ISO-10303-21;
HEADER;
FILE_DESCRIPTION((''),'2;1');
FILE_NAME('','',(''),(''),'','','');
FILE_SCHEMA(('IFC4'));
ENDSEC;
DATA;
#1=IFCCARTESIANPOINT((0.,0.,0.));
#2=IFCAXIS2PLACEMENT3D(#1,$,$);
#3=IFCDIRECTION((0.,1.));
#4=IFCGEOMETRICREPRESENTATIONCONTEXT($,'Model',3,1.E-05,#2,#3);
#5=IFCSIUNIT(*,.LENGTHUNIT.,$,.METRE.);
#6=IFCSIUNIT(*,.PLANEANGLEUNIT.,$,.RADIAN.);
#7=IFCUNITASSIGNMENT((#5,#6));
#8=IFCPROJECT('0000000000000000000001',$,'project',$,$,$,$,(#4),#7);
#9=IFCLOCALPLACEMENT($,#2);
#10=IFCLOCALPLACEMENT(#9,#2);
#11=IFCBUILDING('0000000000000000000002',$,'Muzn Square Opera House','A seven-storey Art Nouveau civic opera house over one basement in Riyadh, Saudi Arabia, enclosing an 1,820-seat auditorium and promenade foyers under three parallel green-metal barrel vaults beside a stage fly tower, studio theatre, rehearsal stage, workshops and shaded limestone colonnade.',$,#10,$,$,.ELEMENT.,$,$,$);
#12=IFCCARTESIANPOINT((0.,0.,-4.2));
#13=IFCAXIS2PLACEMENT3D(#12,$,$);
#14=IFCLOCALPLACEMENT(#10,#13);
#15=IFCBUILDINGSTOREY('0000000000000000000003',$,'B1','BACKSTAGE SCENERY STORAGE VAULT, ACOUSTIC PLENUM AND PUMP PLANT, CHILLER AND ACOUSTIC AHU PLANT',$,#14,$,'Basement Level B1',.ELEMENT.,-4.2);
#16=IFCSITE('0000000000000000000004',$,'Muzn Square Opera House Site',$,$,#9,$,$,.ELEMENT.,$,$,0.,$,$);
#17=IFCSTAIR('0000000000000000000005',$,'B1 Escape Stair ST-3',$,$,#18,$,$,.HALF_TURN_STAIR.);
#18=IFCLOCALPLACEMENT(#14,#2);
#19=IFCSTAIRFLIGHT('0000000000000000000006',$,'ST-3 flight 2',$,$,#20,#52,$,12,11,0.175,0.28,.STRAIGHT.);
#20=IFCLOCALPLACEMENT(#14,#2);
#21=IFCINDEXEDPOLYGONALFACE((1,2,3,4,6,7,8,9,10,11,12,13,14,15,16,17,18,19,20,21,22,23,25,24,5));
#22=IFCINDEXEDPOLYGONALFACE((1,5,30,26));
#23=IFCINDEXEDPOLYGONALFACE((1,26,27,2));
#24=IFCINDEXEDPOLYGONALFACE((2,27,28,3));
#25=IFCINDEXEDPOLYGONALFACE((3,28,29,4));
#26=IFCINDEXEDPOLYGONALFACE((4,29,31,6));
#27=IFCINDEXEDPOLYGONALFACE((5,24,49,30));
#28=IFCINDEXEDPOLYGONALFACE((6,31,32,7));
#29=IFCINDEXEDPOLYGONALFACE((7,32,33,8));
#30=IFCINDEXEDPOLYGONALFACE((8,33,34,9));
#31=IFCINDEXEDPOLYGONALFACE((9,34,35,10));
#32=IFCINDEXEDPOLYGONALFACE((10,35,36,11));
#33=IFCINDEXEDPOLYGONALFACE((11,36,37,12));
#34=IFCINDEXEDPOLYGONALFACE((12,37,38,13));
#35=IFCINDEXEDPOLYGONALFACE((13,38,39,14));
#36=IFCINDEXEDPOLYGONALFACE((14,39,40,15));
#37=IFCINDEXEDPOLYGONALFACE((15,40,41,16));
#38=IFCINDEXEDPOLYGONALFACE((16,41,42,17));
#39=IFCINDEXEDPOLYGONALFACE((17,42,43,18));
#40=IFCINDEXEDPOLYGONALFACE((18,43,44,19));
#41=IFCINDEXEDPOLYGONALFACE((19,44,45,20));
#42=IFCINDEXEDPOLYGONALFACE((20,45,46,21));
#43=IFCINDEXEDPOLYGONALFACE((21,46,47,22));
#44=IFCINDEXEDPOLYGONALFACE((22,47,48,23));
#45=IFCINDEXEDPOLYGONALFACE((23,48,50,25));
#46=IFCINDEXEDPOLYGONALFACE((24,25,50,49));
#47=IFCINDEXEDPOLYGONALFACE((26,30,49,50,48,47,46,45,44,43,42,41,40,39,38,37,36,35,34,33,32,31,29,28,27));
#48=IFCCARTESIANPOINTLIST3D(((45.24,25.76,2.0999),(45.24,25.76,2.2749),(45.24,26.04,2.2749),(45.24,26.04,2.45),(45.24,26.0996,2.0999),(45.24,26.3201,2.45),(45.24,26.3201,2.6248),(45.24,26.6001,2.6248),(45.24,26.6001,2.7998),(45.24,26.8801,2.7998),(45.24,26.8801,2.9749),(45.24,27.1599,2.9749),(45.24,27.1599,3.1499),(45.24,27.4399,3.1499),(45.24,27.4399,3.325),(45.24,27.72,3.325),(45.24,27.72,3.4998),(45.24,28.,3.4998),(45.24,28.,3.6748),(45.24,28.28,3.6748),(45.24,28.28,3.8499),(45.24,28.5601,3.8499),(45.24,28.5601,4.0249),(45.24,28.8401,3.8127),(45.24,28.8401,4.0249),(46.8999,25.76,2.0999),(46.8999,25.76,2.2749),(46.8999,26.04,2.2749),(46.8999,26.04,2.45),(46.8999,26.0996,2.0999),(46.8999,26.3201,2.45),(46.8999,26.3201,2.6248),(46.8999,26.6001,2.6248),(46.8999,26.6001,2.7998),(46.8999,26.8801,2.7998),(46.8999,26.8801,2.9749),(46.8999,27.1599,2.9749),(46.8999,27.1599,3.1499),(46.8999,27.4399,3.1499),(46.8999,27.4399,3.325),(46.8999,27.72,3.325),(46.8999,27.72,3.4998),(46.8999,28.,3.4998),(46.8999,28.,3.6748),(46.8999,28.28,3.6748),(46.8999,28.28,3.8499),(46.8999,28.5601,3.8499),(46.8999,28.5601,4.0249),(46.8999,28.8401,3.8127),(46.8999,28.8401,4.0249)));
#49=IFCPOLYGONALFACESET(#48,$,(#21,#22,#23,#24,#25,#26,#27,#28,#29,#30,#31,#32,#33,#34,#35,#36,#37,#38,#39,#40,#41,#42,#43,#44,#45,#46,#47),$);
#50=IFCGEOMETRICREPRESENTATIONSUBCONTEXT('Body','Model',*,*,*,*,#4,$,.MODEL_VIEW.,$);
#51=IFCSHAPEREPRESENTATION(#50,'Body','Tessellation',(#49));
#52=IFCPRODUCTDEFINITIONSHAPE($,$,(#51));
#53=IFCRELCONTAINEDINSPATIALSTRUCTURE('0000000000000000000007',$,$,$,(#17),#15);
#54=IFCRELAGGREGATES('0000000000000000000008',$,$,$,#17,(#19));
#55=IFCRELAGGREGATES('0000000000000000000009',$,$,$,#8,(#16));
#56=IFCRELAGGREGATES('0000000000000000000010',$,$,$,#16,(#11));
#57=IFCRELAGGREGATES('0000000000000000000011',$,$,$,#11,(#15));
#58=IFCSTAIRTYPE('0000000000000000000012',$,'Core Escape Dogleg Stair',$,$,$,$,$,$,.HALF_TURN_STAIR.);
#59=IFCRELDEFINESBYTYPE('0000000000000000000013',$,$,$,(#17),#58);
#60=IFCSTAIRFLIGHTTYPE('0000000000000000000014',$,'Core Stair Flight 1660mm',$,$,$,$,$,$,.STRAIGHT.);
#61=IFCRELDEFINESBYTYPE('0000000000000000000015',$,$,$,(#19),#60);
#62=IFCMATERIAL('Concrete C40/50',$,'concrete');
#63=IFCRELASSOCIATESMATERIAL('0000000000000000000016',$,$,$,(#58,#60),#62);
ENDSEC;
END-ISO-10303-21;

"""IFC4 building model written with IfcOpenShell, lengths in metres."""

from ifc_helpers import new_model, si_unit, direction, frame, origin, place, context, subcontext, project, spatial, polyline, outline, extrude, material, type_object, element, aggregate, save


model = new_model("IFC4")

# Units and contexts
model_context = context("Model", 3, precision=1e-05, world=origin(), true_north=direction((0.0, 1.0)))
body_context = subcontext(model_context, "Body", "Model", "MODEL_VIEW")
ifc_project = project(units=[si_unit("LENGTHUNIT", "METRE"), si_unit("PLANEANGLEUNIT", "RADIAN")], contexts=[model_context])

# Site, building, storey
site_placement = place(None, origin())
site = spatial("IfcSite", under=ifc_project, at=site_placement, Name="Muzn Square Opera House Site", CompositionType="ELEMENT", RefElevation=0.0)
building_placement = place(site_placement, origin())
building = spatial("IfcBuilding", under=site, at=building_placement, Name="Muzn Square Opera House", Description="A seven-storey Art Nouveau civic opera house over one basement in Riyadh, Saudi Arabia, enclosing an 1,820-seat auditorium and promenade foyers under three parallel green-metal barrel vaults beside a stage fly tower, studio theatre, rehearsal stage, workshops and shaded limestone colonnade.", CompositionType="ELEMENT")
storey_placement = place(building_placement, frame((0.0, 0.0, -4.2)))
storey = spatial("IfcBuildingStorey", under=building, at=storey_placement, Name="B1", Description="BACKSTAGE SCENERY STORAGE VAULT, ACOUSTIC PLENUM AND PUMP PLANT, CHILLER AND ACOUSTIC AHU PLANT", LongName="Basement Level B1", CompositionType="ELEMENT", Elevation=-4.2)

# Shared definitions
ifc_material_1 = material(Name="Concrete C40/50", Category="concrete")

# Stair, stair flight
stair_type = type_object("IfcStairType", Name="Core Escape Dogleg Stair", PredefinedType="HALF_TURN_STAIR", material=ifc_material_1)
stair_placement = place(storey_placement, origin())
stair = element("IfcStair", 1, at=stair_placement, inside=storey, type_object=stair_type, Name="B1 Escape Stair ST-3", PredefinedType="HALF_TURN_STAIR")
stair_flight_type = type_object("IfcStairFlightType", Name="Core Stair Flight 1660mm", PredefinedType="STRAIGHT", material=ifc_material_1)
stair_flight_1_placement = place(storey_placement, frame((46.0701, 25.76, 2.0999), z_axis=(0.0, 0.0, 1.0), x_axis=(0.0, 1.0, 0.0)))
stair_flight_1 = element("IfcStairFlight", 2, at=stair_flight_1_placement, type_object=stair_flight_type, Name="ST-3 flight 2", NumberOfRisers=12, NumberOfTreads=11, PredefinedType="STRAIGHT", RiserHeight=0.175, TreadLength=0.28, context=body_context, shape_type="SweptSolid", body=[
    extrude(outline(polyline([(0.0, 0.0), (0.0, 0.175), (0.28, 0.175), (0.28, 0.3501), (0.5601, 0.3501), (0.5601, 0.5249), (0.8401, 0.5249), (0.8401, 0.7), (1.1201, 0.7), (1.1201, 0.875), (1.3999, 0.875), (1.3999, 1.05), (1.6799, 1.05), (1.6799, 1.2251), (1.96, 1.2251), (1.96, 1.3999), (2.24, 1.3999), (2.24, 1.575), (2.52, 1.575), (2.52, 1.75), (2.8, 1.75), (2.8, 1.925), (3.0801, 1.925), (3.0801, 2.1001), (3.0801, 1.7129), (0.3396, 0.0), (0.0, 0.0)])), frame((0.0, 0.8301, 0.0), z_axis=(0.0, -1.0, 0.0), x_axis=(1.0, 0.0, 0.0)), (0.0, 0.0, 1.0), 1.6599),
])
aggregate(stair, [stair_flight_1])

save(model, "model.ifc")
